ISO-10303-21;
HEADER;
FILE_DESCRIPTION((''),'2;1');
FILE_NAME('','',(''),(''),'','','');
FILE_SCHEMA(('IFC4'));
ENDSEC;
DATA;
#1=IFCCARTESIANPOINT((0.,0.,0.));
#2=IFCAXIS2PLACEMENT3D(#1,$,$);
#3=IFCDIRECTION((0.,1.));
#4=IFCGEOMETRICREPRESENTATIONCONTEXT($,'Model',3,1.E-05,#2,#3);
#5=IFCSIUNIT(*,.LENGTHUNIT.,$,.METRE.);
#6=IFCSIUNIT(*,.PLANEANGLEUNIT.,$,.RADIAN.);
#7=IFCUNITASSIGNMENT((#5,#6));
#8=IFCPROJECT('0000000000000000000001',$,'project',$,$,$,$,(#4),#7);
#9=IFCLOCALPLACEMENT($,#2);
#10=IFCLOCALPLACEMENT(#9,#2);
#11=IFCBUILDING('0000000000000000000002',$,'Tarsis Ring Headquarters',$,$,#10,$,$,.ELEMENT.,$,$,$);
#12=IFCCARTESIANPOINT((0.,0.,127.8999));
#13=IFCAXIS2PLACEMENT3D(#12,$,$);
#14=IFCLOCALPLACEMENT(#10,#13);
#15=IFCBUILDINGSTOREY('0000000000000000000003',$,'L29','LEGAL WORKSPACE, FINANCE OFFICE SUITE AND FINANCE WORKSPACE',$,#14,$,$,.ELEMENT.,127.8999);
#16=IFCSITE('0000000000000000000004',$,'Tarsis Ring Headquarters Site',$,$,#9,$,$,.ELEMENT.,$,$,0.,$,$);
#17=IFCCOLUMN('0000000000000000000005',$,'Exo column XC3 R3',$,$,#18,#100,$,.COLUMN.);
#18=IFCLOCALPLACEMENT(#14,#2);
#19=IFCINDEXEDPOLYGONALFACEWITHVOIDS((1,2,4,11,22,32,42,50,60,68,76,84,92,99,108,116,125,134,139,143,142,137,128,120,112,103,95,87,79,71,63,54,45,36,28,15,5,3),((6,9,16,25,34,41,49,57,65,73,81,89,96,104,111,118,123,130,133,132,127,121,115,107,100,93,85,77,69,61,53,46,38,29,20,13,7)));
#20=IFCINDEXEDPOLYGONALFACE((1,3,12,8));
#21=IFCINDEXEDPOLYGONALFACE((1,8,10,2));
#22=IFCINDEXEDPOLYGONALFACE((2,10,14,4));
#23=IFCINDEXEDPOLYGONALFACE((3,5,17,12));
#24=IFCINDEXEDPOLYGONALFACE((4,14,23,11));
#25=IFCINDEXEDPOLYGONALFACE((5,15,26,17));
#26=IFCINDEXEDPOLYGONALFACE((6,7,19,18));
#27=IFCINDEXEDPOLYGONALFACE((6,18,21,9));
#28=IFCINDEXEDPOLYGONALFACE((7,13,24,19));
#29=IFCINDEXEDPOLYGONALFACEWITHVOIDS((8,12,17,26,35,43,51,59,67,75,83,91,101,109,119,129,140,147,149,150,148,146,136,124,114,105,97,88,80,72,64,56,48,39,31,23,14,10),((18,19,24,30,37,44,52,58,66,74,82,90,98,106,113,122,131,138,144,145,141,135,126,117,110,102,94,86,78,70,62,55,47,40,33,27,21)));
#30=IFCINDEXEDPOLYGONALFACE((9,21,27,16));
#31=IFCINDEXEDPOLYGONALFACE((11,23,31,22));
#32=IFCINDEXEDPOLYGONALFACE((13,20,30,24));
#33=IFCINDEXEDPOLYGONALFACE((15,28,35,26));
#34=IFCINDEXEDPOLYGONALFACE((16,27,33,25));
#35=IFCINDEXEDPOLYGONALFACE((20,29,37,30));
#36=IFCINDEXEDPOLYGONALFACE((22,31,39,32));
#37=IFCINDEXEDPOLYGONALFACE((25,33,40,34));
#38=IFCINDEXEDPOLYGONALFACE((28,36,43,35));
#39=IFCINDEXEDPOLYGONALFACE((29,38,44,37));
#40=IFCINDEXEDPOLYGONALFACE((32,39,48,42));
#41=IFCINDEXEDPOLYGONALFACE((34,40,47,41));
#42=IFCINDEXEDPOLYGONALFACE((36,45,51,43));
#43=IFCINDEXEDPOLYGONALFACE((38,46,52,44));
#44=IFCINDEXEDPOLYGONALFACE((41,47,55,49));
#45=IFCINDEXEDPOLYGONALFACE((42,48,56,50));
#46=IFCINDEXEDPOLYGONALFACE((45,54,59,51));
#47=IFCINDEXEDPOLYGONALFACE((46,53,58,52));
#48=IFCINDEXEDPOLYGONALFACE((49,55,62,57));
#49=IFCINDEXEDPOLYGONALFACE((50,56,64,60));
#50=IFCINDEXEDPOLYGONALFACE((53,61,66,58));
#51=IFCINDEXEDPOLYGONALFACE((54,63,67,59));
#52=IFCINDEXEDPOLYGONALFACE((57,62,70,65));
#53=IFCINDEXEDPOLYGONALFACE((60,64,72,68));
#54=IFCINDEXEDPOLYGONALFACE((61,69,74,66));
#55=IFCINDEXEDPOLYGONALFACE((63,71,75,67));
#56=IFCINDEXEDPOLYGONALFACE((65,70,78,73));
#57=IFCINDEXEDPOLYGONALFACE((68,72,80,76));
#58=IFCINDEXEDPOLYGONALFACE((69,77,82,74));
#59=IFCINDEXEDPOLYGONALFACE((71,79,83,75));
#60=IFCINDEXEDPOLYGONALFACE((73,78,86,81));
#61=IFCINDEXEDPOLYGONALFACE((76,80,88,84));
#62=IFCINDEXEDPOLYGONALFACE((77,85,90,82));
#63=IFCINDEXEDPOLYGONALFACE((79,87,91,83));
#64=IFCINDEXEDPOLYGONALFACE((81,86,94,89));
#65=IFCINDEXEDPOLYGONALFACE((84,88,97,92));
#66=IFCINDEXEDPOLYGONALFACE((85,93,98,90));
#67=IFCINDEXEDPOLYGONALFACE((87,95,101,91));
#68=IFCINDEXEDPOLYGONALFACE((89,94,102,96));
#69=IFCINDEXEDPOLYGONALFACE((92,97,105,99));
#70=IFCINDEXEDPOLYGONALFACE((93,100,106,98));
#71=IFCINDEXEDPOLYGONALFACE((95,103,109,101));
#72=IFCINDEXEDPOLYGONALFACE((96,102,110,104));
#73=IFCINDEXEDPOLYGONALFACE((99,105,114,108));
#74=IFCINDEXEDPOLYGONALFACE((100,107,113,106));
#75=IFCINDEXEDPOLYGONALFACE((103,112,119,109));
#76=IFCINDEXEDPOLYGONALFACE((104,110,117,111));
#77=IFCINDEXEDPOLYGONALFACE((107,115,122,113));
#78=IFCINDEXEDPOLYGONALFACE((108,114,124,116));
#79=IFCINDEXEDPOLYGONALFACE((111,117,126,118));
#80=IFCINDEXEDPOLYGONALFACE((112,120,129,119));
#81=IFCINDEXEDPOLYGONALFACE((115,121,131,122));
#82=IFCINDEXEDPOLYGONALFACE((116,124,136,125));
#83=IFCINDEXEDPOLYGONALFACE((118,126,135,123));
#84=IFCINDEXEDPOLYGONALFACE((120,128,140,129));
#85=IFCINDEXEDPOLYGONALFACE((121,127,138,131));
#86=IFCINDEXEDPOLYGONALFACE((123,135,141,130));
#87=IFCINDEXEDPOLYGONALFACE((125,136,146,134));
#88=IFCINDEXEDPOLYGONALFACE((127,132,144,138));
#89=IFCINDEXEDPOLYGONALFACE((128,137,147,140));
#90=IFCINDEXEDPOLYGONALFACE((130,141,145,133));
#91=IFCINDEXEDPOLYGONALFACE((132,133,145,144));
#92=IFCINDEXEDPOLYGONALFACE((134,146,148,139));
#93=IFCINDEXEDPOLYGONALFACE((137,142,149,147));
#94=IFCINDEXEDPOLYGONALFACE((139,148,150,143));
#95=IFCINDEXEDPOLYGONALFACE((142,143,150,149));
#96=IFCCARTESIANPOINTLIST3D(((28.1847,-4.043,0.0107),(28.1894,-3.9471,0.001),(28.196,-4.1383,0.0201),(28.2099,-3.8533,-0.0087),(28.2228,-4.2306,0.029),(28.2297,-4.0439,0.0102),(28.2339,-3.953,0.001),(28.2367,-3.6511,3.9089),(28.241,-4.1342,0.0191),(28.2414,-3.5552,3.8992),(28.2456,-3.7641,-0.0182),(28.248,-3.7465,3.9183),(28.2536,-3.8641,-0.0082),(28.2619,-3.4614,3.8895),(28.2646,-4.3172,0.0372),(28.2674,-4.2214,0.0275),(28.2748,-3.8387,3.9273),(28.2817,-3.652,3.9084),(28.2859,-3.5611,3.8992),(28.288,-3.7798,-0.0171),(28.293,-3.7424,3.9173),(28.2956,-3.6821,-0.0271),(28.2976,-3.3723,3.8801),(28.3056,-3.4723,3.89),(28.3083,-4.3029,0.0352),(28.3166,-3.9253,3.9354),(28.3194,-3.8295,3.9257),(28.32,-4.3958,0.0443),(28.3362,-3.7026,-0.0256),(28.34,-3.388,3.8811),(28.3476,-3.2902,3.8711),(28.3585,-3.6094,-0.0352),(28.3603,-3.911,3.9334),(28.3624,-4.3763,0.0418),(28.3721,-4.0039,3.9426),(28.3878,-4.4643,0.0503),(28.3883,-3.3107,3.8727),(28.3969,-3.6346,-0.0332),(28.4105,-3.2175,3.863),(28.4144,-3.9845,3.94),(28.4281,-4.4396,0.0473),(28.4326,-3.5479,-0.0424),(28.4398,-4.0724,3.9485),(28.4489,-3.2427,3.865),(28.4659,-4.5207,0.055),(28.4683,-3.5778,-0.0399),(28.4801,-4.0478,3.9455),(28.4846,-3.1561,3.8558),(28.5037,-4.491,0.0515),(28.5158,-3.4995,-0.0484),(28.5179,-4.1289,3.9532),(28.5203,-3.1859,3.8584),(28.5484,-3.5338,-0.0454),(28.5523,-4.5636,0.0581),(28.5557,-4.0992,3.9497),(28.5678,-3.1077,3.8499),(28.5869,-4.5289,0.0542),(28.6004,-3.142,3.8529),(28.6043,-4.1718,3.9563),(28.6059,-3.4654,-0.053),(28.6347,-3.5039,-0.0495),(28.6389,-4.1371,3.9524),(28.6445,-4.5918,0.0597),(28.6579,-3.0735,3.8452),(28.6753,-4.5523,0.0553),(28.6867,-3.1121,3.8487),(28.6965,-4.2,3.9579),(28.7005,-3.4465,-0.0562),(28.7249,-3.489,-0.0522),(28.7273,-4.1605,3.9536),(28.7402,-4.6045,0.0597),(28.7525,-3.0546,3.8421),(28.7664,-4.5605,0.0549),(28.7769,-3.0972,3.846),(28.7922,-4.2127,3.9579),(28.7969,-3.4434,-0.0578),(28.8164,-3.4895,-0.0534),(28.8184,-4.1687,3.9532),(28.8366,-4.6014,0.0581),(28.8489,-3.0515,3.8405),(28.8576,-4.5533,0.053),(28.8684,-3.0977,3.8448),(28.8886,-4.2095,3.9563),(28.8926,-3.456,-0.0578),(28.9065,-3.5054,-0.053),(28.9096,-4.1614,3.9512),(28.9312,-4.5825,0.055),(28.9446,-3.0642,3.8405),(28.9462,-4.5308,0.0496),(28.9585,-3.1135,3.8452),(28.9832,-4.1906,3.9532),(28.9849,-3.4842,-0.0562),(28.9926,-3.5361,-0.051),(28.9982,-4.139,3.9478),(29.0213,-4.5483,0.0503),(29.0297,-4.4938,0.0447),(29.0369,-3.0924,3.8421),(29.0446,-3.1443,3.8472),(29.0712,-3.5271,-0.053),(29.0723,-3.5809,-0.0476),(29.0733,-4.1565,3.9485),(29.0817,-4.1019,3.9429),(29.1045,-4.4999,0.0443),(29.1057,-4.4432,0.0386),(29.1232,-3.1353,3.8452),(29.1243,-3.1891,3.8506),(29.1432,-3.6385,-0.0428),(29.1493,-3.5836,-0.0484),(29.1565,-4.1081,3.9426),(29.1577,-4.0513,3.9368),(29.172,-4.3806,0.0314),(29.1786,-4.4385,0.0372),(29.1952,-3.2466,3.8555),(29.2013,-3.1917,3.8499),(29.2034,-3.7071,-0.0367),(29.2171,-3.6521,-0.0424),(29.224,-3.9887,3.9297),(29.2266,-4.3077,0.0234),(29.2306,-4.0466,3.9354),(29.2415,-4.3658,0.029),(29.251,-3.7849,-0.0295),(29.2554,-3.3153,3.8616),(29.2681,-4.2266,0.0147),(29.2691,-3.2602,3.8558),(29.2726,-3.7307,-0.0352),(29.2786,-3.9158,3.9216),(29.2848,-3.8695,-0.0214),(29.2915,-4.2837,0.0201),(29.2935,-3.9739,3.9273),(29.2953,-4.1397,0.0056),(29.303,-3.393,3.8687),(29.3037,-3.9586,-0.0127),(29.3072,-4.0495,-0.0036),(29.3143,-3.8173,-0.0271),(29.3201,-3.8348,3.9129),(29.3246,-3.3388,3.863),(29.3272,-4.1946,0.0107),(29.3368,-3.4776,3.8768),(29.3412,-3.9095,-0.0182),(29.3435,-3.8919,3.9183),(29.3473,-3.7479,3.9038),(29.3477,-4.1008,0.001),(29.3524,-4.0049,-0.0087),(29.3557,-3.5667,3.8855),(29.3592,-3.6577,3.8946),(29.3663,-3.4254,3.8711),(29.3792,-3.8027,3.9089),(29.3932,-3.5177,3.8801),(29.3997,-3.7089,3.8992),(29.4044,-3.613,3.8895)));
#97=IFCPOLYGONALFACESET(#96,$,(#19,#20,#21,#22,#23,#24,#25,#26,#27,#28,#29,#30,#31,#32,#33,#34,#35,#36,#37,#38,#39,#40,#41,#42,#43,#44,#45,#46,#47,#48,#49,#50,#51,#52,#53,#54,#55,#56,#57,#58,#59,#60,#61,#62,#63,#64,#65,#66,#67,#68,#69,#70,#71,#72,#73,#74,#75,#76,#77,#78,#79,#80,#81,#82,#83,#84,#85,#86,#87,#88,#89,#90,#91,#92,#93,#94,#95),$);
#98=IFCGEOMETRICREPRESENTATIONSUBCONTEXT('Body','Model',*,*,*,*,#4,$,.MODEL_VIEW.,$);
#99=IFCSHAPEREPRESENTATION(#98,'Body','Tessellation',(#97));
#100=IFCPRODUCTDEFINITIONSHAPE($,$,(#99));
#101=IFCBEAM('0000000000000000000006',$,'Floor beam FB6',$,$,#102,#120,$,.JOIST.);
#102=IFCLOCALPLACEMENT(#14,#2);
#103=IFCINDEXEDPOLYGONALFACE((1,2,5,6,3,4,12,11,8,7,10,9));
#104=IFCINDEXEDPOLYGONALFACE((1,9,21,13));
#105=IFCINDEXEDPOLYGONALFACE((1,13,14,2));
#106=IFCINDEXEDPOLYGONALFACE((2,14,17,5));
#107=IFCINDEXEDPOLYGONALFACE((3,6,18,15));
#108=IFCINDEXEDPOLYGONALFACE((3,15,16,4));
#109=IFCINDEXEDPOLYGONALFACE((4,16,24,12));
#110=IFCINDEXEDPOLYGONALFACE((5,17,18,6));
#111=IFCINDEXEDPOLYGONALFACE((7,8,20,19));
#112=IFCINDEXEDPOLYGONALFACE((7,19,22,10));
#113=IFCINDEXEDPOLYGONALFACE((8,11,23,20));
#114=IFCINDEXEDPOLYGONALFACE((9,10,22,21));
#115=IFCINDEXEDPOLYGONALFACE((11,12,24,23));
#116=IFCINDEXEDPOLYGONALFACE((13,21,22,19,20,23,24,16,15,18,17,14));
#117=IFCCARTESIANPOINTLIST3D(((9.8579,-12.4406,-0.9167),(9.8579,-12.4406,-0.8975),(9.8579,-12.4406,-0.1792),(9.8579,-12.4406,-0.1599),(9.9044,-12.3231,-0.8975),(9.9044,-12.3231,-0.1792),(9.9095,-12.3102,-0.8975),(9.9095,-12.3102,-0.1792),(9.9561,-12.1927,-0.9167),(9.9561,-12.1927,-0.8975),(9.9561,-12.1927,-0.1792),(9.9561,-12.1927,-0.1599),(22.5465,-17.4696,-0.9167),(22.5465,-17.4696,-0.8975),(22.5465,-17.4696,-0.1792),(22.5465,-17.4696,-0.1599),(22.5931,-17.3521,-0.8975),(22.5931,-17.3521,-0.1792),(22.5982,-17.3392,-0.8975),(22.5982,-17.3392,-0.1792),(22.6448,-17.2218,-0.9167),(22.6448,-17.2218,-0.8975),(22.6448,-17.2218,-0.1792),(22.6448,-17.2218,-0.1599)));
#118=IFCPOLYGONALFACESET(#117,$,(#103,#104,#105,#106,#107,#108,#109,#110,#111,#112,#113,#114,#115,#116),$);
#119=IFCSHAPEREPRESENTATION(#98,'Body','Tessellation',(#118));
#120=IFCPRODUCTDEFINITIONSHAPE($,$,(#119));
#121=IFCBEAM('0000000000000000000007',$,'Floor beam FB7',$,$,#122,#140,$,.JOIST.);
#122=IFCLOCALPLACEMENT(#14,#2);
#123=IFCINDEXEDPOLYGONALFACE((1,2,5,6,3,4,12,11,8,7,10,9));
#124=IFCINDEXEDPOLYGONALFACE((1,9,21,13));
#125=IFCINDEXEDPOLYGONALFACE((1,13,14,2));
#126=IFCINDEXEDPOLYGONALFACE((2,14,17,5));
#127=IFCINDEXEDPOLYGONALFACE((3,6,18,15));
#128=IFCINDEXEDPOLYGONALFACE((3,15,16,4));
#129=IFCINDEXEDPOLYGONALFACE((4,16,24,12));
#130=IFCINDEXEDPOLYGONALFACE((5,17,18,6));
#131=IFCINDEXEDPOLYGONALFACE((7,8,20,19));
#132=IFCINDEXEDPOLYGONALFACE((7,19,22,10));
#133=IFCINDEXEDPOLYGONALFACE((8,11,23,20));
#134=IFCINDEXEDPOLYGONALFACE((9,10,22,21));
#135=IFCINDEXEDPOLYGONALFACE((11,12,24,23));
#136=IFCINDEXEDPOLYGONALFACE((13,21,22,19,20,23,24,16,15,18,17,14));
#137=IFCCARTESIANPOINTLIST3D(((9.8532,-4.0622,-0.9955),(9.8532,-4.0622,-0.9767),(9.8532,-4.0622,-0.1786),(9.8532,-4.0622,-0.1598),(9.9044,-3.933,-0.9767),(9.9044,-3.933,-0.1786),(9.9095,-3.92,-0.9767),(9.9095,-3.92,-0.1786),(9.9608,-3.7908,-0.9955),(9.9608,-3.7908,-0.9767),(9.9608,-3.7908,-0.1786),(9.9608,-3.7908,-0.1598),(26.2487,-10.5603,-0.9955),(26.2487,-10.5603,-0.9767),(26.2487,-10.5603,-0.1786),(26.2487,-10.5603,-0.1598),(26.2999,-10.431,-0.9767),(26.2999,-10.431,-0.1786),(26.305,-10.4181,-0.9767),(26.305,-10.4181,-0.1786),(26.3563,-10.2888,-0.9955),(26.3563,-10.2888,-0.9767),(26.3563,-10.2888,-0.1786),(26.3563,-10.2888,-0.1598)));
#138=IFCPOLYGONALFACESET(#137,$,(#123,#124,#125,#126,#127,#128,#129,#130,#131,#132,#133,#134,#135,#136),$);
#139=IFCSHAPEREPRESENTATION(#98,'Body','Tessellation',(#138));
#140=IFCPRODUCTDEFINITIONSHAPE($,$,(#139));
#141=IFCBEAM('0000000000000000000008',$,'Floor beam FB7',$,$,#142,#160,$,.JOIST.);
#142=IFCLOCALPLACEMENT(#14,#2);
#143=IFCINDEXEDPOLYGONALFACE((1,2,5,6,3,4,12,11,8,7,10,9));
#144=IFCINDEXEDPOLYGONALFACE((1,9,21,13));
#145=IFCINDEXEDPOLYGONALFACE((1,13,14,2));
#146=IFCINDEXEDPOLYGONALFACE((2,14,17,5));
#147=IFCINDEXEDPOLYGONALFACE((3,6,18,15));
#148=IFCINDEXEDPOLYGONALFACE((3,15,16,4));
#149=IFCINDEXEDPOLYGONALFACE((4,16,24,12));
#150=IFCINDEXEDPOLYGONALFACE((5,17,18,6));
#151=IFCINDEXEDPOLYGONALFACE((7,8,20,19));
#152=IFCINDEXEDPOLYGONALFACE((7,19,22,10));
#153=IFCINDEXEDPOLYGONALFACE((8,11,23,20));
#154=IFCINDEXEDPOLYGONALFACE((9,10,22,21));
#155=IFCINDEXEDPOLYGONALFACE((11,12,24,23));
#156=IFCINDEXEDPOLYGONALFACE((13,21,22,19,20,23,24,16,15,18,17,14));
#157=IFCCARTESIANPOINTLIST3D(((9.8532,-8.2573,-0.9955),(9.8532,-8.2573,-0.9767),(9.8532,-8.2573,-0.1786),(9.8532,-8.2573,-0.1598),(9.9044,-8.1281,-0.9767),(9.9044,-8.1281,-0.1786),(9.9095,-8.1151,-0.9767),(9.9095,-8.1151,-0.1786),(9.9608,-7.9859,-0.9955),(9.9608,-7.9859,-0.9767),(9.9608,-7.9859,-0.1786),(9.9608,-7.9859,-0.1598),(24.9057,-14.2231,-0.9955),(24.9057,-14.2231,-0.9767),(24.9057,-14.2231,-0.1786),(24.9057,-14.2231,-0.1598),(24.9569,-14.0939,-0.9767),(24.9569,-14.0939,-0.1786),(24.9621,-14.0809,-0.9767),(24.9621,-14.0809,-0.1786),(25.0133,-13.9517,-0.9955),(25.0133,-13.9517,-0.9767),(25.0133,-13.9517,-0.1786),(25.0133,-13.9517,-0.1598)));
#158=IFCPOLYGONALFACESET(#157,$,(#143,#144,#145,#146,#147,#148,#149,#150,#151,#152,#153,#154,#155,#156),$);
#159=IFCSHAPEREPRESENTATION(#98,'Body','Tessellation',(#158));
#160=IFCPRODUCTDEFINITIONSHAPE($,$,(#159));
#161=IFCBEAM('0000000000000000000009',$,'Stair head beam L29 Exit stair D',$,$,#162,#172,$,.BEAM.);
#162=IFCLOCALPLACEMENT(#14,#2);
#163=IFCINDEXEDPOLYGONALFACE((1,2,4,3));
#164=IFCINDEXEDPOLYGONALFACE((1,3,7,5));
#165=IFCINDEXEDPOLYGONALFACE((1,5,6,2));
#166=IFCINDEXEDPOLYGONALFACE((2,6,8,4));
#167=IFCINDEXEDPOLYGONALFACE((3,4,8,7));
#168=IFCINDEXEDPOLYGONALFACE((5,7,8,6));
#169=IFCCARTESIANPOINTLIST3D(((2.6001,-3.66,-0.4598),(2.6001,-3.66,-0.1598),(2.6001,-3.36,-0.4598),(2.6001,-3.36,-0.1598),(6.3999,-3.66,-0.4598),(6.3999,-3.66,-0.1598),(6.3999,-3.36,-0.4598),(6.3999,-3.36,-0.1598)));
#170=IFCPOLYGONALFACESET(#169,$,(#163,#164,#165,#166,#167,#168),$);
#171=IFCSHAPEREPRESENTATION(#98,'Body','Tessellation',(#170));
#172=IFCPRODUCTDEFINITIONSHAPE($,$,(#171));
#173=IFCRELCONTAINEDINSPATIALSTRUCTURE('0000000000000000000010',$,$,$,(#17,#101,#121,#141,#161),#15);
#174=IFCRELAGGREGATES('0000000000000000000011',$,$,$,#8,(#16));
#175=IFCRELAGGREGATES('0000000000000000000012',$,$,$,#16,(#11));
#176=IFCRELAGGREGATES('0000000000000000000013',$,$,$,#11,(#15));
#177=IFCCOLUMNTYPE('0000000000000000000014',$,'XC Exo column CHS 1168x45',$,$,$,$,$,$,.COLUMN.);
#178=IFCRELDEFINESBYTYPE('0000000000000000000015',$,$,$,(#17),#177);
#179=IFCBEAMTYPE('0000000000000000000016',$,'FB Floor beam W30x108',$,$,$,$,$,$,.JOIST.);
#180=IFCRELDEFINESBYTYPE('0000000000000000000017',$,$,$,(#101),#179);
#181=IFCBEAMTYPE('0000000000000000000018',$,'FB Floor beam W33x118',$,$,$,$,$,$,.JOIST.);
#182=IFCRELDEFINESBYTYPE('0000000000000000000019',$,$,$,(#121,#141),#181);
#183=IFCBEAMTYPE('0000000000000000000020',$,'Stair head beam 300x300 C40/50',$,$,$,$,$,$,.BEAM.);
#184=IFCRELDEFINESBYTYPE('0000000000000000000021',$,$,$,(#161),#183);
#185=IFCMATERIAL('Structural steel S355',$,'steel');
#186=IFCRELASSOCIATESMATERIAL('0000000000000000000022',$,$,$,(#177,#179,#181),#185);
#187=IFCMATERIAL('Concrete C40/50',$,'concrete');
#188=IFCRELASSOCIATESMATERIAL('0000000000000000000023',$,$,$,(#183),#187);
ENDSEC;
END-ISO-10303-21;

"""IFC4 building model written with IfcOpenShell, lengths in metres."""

from ifc_helpers import new_model, si_unit, direction, frame, origin, origin_2d, place, context, subcontext, project, spatial, rectangle, hollow_circle, i_section, extrude, material, material_profile, profile_set, type_object, element, save


model = new_model("IFC4")

# Units and contexts
model_context = context("Model", 3, precision=1e-05, world=origin(), true_north=direction((0.0, 1.0)))
body_context = subcontext(model_context, "Body", "Model", "MODEL_VIEW")
ifc_project = project(units=[si_unit("LENGTHUNIT", "METRE"), si_unit("PLANEANGLEUNIT", "RADIAN")], contexts=[model_context])

# Site, building, storey
site_placement = place(None, origin())
site = spatial("IfcSite", under=ifc_project, at=site_placement, Name="Tarsis Ring Headquarters Site", CompositionType="ELEMENT", RefElevation=0.0)
building_placement = place(site_placement, origin())
building = spatial("IfcBuilding", under=site, at=building_placement, Name="Tarsis Ring Headquarters", CompositionType="ELEMENT")
storey_placement = place(building_placement, frame((0.0, 0.0, 127.8999)))
storey = spatial("IfcBuildingStorey", under=building, at=storey_placement, Name="L29", Description="LEGAL WORKSPACE, FINANCE OFFICE SUITE AND FINANCE WORKSPACE", CompositionType="ELEMENT", Elevation=127.8999)

# Column
ifc_material_1 = material(Name="Structural steel S355", Category="steel")
ifc_material_profile_1 = material_profile(ifc_material_1, hollow_circle(Radius=0.5842, WallThickness=0.0449, at=origin_2d()), Name="CHS 1168x45")
ifc_profile_set_1 = profile_set([ifc_material_profile_1], Name="Structural steel S355")
column_type = type_object("IfcColumnType", Name="XC Exo column CHS 1168x45", PredefinedType="COLUMN", material=ifc_profile_set_1)
column_placement = place(storey_placement, frame((28.7686, -4.0239, 0.001), z_axis=(0.013272, 0.100007, 0.994898), x_axis=(-0.991309, 0.131557, 0.0)))
element("IfcColumn", 1, at=column_placement, inside=storey, type_object=column_type, Name="Exo column XC3 R3", PredefinedType="COLUMN", context=body_context, shape_type="SweptSolid", body=[
    extrude(hollow_circle(Radius=0.5842, WallThickness=0.0449, at=origin_2d()), origin(), (0.0, 0.0, 1.0), 3.9182),
])

# Beams
ifc_material_profile_2 = material_profile(ifc_material_1, i_section(OverallWidth=0.2666, OverallDepth=0.7568, WebThickness=0.0139, FlangeThickness=0.0193, at=origin_2d()), Name="W30x108")
ifc_profile_set_2 = profile_set([ifc_material_profile_2], Name="Structural steel S355")
beam_type_1 = type_object("IfcBeamType", Name="FB Floor beam W30x108", PredefinedType="JOIST", material=ifc_profile_set_2)
beam_1_placement = place(storey_placement, frame((9.907, -12.3167, -0.5383), z_axis=(0.929645, -0.368456, 0.0), x_axis=(0.368456, 0.929645, 0.0)))
element("IfcBeam", 2, at=beam_1_placement, inside=storey, type_object=beam_type_1, Name="Floor beam FB6", PredefinedType="JOIST", context=body_context, shape_type="SweptSolid", body=[
    extrude(i_section(OverallWidth=0.2666, OverallDepth=0.7568, WebThickness=0.0139, FlangeThickness=0.0193, at=origin_2d()), origin(), (0.0, 0.0, 1.0), 13.6489),
])
ifc_material_profile_3 = material_profile(ifc_material_1, i_section(OverallWidth=0.292, OverallDepth=0.8357, WebThickness=0.0139, FlangeThickness=0.0188, at=origin_2d()), Name="W33x118")
ifc_profile_set_3 = profile_set([ifc_material_profile_3], Name="Structural steel S355")
beam_type_2 = type_object("IfcBeamType", Name="FB Floor beam W33x118", PredefinedType="JOIST", material=ifc_profile_set_3)
beam_2_placement = place(storey_placement, frame((9.907, -3.9265, -0.5776), z_axis=(0.929648, -0.368448, 0.0), x_axis=(0.368448, 0.929648, 0.0)))
element("IfcBeam", 3, at=beam_2_placement, inside=storey, type_object=beam_type_2, Name="Floor beam FB7", PredefinedType="JOIST", context=body_context, shape_type="SweptSolid", body=[
    extrude(i_section(OverallWidth=0.292, OverallDepth=0.8357, WebThickness=0.0139, FlangeThickness=0.0188, at=origin_2d()), origin(), (0.0, 0.0, 1.0), 17.6362),
])
beam_3_placement = place(storey_placement, frame((9.907, -8.1216, -0.5776), z_axis=(0.929647, -0.368451, 0.0), x_axis=(0.368451, 0.929647, 0.0)))
element("IfcBeam", 4, at=beam_3_placement, inside=storey, type_object=beam_type_2, Name="Floor beam FB7", PredefinedType="JOIST", context=body_context, shape_type="SweptSolid", body=[
    extrude(i_section(OverallWidth=0.292, OverallDepth=0.8357, WebThickness=0.0139, FlangeThickness=0.0188, at=origin_2d()), origin(), (0.0, 0.0, 1.0), 16.1917),
])
ifc_material_2 = material(Name="Concrete C40/50", Category="concrete")
ifc_material_profile_4 = material_profile(ifc_material_2, rectangle(XDim=0.3, YDim=0.3, at=origin_2d()), Name="Stair head beam 300x300 C40/50")
ifc_profile_set_4 = profile_set([ifc_material_profile_4], Name="Concrete C40/50")
beam_type_3 = type_object("IfcBeamType", Name="Stair head beam 300x300 C40/50", PredefinedType="BEAM", material=ifc_profile_set_4)
beam_4_placement = place(storey_placement, frame((2.6001, -3.51, -0.3098), z_axis=(1.0, 0.0, 0.0), x_axis=(0.0, 1.0, 0.0)))
element("IfcBeam", 5, at=beam_4_placement, inside=storey, type_object=beam_type_3, Name="Stair head beam L29 Exit stair D", PredefinedType="BEAM", context=body_context, shape_type="SweptSolid", body=[
    extrude(rectangle(XDim=0.3, YDim=0.3, at=origin_2d()), origin(), (0.0, 0.0, 1.0), 3.7998),
])

save(model, "model.ifc")
